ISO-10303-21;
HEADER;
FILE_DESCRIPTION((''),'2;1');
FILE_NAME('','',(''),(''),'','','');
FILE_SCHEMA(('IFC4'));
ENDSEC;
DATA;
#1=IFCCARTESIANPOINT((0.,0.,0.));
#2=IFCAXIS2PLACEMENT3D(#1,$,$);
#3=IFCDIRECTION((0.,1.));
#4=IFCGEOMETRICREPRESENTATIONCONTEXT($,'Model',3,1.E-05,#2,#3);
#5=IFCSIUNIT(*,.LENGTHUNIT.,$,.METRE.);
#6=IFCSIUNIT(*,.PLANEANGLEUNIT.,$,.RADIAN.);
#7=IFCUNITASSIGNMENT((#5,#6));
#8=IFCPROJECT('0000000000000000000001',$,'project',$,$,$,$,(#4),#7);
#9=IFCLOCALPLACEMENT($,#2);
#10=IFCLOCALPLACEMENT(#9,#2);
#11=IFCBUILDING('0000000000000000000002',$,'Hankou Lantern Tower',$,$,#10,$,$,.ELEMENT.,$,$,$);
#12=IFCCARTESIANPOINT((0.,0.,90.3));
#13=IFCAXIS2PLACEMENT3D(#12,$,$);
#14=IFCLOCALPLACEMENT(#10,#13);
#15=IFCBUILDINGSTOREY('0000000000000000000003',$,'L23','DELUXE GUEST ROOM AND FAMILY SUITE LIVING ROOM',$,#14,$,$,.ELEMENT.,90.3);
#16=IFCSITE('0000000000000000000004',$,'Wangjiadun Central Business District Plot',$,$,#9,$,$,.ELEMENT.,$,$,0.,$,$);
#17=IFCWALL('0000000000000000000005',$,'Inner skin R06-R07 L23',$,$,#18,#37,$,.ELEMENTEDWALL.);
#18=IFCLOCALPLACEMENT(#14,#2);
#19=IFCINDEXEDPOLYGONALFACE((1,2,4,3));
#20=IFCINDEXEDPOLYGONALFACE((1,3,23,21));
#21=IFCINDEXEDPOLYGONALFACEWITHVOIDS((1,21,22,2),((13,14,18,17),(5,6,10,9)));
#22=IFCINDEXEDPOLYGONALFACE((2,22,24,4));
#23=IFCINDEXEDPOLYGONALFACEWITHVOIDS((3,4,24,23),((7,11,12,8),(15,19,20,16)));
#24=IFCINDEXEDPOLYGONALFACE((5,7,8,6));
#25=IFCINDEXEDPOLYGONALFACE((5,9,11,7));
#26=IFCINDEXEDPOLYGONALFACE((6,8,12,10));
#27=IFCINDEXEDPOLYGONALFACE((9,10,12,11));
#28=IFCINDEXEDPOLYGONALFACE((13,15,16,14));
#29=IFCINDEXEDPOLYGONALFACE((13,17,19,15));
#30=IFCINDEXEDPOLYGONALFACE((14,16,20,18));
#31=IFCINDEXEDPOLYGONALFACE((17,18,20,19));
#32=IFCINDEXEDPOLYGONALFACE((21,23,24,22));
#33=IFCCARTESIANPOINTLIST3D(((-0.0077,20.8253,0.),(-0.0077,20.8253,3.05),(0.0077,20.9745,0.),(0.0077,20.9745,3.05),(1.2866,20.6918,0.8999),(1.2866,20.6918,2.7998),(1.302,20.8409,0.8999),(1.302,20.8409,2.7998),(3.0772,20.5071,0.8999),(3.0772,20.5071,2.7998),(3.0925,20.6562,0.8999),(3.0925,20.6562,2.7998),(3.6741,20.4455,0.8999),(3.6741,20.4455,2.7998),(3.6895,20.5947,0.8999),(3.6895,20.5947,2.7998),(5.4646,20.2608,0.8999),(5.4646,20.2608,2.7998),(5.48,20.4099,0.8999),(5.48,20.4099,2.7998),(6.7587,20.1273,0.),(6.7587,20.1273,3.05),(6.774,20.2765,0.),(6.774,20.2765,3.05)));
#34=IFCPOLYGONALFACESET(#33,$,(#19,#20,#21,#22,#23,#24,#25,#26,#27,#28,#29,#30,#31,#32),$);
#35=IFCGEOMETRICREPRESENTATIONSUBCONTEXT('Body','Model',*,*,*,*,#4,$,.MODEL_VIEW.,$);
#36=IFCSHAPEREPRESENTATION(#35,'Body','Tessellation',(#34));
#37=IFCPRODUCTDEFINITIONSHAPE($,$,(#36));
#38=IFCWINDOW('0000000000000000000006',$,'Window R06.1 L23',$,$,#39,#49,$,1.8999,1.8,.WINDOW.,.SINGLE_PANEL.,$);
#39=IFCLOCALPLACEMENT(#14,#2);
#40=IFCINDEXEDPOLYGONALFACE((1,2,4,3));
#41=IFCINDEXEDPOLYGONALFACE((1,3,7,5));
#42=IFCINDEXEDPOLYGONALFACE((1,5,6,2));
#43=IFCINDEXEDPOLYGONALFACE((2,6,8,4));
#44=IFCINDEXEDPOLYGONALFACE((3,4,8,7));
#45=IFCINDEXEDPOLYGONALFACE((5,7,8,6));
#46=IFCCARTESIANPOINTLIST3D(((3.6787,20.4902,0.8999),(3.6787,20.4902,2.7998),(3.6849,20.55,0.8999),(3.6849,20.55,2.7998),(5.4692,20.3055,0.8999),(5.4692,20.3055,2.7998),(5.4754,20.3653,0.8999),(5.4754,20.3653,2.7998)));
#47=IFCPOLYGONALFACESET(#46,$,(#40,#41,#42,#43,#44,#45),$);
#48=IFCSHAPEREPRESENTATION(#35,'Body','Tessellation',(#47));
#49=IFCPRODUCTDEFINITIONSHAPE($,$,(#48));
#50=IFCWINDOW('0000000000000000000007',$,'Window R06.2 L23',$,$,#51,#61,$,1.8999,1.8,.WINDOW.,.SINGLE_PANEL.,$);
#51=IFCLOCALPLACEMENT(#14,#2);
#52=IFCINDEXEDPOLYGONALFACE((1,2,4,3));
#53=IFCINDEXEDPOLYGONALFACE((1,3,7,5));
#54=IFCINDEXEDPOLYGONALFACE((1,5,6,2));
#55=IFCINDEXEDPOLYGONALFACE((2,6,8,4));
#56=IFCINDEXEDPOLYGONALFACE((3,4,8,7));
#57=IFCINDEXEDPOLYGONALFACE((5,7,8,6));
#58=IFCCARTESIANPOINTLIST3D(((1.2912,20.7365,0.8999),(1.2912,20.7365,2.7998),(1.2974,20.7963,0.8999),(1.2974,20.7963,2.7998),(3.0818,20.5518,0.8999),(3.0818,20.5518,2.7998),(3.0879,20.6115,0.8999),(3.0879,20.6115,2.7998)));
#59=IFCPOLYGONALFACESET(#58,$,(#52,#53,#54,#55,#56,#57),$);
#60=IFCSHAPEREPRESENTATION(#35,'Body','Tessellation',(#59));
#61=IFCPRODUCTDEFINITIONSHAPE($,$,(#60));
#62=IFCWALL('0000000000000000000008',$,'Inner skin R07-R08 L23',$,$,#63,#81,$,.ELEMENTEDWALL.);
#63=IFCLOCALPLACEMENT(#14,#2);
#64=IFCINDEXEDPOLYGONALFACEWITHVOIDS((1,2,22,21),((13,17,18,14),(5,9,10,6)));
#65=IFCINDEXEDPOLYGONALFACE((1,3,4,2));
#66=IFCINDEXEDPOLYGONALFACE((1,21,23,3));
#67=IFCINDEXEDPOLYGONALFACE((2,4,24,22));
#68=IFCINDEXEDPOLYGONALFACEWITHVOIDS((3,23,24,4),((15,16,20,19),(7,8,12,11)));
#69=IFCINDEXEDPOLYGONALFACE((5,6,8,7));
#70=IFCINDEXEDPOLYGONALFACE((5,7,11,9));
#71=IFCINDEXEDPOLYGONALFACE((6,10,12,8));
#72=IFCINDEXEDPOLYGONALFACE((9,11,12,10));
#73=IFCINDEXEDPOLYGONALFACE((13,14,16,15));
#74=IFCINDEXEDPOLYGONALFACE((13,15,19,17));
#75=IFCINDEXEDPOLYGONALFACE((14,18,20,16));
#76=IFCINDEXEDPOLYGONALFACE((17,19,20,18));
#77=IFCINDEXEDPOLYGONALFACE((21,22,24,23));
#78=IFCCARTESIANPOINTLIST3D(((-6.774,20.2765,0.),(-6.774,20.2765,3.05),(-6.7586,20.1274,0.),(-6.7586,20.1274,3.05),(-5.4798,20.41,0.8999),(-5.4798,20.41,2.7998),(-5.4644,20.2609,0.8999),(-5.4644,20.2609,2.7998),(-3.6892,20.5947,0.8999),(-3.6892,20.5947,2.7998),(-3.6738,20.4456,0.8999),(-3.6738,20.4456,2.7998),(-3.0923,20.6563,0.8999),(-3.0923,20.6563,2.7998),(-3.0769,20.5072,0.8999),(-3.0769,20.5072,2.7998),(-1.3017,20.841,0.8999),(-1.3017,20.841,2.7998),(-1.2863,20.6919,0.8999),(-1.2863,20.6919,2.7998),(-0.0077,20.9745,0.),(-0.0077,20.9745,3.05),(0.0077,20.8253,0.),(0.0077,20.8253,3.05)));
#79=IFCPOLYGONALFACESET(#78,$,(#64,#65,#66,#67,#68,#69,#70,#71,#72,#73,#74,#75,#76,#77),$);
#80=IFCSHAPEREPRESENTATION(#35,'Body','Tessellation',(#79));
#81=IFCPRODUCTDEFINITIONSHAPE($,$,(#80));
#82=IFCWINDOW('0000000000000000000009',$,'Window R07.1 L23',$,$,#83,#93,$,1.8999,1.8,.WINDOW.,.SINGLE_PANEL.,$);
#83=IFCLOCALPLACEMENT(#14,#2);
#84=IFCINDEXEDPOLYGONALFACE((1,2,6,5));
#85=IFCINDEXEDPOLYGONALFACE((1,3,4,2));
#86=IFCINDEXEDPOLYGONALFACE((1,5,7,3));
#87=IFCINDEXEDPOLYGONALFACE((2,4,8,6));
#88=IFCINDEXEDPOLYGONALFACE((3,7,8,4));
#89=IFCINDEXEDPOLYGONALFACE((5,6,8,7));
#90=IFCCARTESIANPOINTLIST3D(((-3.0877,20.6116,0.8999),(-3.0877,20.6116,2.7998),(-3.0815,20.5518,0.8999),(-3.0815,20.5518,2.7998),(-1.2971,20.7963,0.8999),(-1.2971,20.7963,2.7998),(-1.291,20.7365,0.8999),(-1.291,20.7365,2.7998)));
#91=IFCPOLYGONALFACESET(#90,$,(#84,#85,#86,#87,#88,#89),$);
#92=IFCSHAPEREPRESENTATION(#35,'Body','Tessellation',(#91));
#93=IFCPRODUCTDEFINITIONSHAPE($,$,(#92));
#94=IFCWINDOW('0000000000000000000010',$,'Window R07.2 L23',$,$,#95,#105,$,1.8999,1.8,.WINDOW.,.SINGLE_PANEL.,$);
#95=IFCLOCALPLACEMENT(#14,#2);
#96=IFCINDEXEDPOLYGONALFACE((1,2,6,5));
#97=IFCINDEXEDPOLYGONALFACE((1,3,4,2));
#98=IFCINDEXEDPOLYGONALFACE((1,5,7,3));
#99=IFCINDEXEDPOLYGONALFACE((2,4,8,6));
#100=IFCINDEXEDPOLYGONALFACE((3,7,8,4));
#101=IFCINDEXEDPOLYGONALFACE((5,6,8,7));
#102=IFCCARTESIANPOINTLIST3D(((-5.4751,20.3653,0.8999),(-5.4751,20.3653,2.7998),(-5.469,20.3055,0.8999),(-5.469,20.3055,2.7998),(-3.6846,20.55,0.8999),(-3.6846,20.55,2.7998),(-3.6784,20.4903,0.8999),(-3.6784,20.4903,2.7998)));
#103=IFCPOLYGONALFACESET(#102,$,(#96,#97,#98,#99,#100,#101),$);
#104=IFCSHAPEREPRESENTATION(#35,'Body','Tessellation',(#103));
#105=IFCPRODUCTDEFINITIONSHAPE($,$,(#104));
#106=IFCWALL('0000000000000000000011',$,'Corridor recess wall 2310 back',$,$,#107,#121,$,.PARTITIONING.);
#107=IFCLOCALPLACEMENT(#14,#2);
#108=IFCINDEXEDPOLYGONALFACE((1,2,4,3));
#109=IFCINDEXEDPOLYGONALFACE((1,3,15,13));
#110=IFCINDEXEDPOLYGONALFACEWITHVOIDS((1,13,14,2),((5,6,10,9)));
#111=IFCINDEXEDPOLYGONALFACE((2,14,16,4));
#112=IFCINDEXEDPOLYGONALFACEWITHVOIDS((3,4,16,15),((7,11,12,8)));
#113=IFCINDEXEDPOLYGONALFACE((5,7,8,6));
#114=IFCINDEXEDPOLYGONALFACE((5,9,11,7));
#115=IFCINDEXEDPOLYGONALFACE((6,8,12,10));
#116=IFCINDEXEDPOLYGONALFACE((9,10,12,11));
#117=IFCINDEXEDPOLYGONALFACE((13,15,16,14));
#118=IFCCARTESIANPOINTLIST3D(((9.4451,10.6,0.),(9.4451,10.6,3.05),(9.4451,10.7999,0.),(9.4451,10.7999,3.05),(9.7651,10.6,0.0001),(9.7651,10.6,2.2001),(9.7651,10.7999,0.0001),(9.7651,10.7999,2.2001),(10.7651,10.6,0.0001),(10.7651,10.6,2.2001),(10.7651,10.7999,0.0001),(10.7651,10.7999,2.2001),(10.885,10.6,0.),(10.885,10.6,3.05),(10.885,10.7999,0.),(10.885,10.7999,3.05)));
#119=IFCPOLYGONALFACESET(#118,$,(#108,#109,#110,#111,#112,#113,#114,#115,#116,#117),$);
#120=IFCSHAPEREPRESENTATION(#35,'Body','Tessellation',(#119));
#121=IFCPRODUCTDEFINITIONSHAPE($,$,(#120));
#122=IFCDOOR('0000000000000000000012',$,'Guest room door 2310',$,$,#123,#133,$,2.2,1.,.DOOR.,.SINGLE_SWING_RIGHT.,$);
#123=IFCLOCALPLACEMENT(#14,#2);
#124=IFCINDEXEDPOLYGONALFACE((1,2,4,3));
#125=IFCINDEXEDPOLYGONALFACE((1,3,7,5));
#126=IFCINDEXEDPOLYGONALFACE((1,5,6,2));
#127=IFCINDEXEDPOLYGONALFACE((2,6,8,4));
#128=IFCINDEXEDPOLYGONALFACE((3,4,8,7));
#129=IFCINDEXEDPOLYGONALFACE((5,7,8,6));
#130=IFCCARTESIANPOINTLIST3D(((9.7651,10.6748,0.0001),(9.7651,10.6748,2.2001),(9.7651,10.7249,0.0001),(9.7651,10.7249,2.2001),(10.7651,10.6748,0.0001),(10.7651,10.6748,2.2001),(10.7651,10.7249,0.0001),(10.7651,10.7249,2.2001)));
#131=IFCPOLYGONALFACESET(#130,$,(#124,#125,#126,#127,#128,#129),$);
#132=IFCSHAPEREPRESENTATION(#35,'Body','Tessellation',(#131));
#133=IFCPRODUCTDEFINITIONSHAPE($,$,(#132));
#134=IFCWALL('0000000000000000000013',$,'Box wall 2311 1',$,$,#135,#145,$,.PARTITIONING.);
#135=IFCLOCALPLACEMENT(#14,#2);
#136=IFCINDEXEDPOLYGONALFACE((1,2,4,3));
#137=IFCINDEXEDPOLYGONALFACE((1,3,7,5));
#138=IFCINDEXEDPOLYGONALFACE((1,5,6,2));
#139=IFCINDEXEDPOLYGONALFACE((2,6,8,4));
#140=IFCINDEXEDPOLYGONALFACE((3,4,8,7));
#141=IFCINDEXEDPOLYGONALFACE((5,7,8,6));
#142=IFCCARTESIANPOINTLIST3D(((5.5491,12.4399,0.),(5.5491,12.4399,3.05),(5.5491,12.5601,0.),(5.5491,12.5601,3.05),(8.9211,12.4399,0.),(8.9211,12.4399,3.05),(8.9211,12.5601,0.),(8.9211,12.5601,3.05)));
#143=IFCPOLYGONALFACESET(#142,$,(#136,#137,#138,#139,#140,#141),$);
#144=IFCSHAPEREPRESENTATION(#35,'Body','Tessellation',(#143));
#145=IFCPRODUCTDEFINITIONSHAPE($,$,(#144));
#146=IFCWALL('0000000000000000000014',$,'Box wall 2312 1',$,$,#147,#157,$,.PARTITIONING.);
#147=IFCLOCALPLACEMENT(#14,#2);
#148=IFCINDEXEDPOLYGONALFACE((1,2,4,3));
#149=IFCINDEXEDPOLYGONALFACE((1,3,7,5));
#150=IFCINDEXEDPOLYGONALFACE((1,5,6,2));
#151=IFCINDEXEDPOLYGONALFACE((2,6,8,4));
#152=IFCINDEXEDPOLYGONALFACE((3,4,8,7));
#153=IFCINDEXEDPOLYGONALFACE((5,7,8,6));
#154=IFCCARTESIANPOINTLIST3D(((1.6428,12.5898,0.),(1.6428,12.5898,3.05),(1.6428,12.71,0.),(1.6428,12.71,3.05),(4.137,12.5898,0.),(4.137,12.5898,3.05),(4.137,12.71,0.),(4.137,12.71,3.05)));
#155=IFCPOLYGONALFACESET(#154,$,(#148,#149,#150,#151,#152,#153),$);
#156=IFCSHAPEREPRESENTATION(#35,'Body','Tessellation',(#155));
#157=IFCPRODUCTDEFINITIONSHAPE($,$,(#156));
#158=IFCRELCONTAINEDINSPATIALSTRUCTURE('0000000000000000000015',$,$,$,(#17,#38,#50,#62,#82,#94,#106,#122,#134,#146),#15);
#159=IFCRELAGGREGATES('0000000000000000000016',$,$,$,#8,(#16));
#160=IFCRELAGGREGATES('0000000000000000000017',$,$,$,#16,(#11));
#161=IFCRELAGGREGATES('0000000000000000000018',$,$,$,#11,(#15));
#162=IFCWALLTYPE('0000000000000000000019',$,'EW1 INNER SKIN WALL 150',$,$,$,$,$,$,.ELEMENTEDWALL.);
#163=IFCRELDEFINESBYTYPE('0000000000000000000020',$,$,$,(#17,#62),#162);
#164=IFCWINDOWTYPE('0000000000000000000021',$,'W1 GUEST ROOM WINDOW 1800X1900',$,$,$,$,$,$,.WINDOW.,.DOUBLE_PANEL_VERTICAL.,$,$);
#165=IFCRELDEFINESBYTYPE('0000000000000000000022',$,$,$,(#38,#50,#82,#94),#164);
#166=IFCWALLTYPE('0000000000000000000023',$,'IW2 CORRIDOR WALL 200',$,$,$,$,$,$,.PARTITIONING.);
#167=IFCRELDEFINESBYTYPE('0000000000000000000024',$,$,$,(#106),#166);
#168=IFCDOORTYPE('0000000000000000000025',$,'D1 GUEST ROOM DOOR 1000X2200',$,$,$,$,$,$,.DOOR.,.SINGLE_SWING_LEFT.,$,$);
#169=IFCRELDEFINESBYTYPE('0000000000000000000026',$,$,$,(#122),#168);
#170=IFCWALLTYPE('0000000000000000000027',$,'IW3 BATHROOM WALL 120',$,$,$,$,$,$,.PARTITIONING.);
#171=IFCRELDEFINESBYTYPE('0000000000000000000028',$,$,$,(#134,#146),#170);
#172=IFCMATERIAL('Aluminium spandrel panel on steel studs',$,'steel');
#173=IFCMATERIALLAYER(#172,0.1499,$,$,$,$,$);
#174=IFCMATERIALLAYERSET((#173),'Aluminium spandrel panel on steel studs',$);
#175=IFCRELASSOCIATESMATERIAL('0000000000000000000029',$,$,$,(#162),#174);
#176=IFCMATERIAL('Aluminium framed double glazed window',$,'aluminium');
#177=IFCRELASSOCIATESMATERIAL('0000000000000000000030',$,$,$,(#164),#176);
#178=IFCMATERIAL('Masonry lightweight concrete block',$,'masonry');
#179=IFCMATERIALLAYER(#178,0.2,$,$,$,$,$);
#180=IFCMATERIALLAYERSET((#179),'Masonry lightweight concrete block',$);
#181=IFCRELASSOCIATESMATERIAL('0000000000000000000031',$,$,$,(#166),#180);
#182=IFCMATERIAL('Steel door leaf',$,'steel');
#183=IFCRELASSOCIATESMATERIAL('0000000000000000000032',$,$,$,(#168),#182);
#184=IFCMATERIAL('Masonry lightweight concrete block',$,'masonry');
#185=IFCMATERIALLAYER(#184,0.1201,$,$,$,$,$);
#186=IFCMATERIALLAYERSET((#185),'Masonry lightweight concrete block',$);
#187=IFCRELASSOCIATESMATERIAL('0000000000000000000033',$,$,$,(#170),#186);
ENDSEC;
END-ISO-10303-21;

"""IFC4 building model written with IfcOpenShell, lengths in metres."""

from ifc_helpers import new_model, si_unit, direction, frame, frame_2d, origin, place, context, subcontext, project, spatial, rectangle, extrude, material, layer, layer_set, type_object, element, fill, save


model = new_model("IFC4")

# Units and contexts
model_context = context("Model", 3, precision=1e-05, world=origin(), true_north=direction((0.0, 1.0)))
body_context = subcontext(model_context, "Body", "Model", "MODEL_VIEW")
ifc_project = project(units=[si_unit("LENGTHUNIT", "METRE"), si_unit("PLANEANGLEUNIT", "RADIAN")], contexts=[model_context])

# Site, building, storey
site_placement = place(None, origin())
site = spatial("IfcSite", under=ifc_project, at=site_placement, Name="Wangjiadun Central Business District Plot", CompositionType="ELEMENT", RefElevation=0.0)
building_placement = place(site_placement, origin())
building = spatial("IfcBuilding", under=site, at=building_placement, Name="Hankou Lantern Tower", CompositionType="ELEMENT")
storey_placement = place(building_placement, frame((0.0, 0.0, 90.3)))
storey = spatial("IfcBuildingStorey", under=building, at=storey_placement, Name="L23", Description="DELUXE GUEST ROOM AND FAMILY SUITE LIVING ROOM", CompositionType="ELEMENT", Elevation=90.3)

# Walls, openings, windows
ifc_material_1 = material(Name="Aluminium spandrel panel on steel studs", Category="steel")
ifc_layer_1 = layer(ifc_material_1, 0.1499)
ifc_layer_set_1 = layer_set([ifc_layer_1], Name="Aluminium spandrel panel on steel studs")
wall_type_1 = type_object("IfcWallType", Name="EW1 INNER SKIN WALL 150", PredefinedType="ELEMENTEDWALL", material=ifc_layer_set_1)
wall_1_placement = place(storey_placement, frame((6.7664, 20.2019, 0.0), z_axis=(0.0, 0.0, 1.0), x_axis=(-0.994721, 0.102613, 0.0)))
wall_1 = element("IfcWall", 1, at=wall_1_placement, inside=storey, type_object=wall_type_1, Name="Inner skin R06-R07 L23", PredefinedType="ELEMENTEDWALL", context=body_context, shape_type="SweptSolid", body=[
    extrude(rectangle(XDim=6.8022, YDim=0.1499, at=frame_2d((3.4011, 0.0))), origin(), (0.0, 0.0, 1.0), 3.05),
])
opening_1_placement = place(wall_1_placement, frame((1.301, 0.0, 0.8999)))
opening_1 = element("IfcOpeningElement", 2, at=opening_1_placement, cuts=wall_1, PredefinedType="OPENING", context=body_context, shape_type="SweptSolid", body=[
    extrude(rectangle(XDim=1.8, YDim=1.8999, at=frame_2d((0.8999, 0.95))), frame((0.0, 0.085, 0.0), z_axis=(0.0, -1.0, 0.0), x_axis=(1.0, 0.0, 0.0)), (0.0, 0.0, 1.0), 0.1699),
])
opening_2_placement = place(wall_1_placement, frame((3.7012, 0.0, 0.8999)))
opening_2 = element("IfcOpeningElement", 3, at=opening_2_placement, cuts=wall_1, PredefinedType="OPENING", context=body_context, shape_type="SweptSolid", body=[
    extrude(rectangle(XDim=1.8, YDim=1.8999, at=frame_2d((0.8999, 0.95))), frame((0.0, 0.085, 0.0), z_axis=(0.0, -1.0, 0.0), x_axis=(1.0, 0.0, 0.0)), (0.0, 0.0, 1.0), 0.1699),
])
ifc_material_2 = material(Name="Aluminium framed double glazed window", Category="aluminium")
window_type = type_object("IfcWindowType", Name="W1 GUEST ROOM WINDOW 1800X1900", PartitioningType="DOUBLE_PANEL_VERTICAL", PredefinedType="WINDOW", material=ifc_material_2)
window_1_placement = place(opening_1_placement, origin())
window_1 = element("IfcWindow", 4, at=window_1_placement, inside=storey, type_object=window_type, Name="Window R06.1 L23", OverallHeight=1.8999, OverallWidth=1.8, PartitioningType="SINGLE_PANEL", PredefinedType="WINDOW", context=body_context, shape_type="SweptSolid", body=[
    extrude(rectangle(XDim=1.8, YDim=1.8999, at=frame_2d((0.8999, 0.95))), frame((0.0, 0.03, 0.0), z_axis=(0.0, -1.0, 0.0), x_axis=(1.0, 0.0, 0.0)), (0.0, 0.0, 1.0), 0.0601),
])
fill(opening_1, window_1)
window_2_placement = place(opening_2_placement, origin())
window_2 = element("IfcWindow", 5, at=window_2_placement, inside=storey, type_object=window_type, Name="Window R06.2 L23", OverallHeight=1.8999, OverallWidth=1.8, PartitioningType="SINGLE_PANEL", PredefinedType="WINDOW", context=body_context, shape_type="SweptSolid", body=[
    extrude(rectangle(XDim=1.8, YDim=1.8999, at=frame_2d((0.8999, 0.95))), frame((0.0, 0.03, 0.0), z_axis=(0.0, -1.0, 0.0), x_axis=(1.0, 0.0, 0.0)), (0.0, 0.0, 1.0), 0.0601),
])
fill(opening_2, window_2)
wall_2_placement = place(storey_placement, frame((0.0, 20.8999, 0.0), z_axis=(0.0, 0.0, 1.0), x_axis=(-0.994721, -0.102613, 0.0)))
wall_2 = element("IfcWall", 6, at=wall_2_placement, inside=storey, type_object=wall_type_1, Name="Inner skin R07-R08 L23", PredefinedType="ELEMENTEDWALL", context=body_context, shape_type="SweptSolid", body=[
    extrude(rectangle(XDim=6.8022, YDim=0.1499, at=frame_2d((3.4011, 0.0))), origin(), (0.0, 0.0, 1.0), 3.05),
])
opening_3_placement = place(wall_2_placement, frame((1.301, 0.0, 0.8999)))
opening_3 = element("IfcOpeningElement", 7, at=opening_3_placement, cuts=wall_2, PredefinedType="OPENING", context=body_context, shape_type="SweptSolid", body=[
    extrude(rectangle(XDim=1.8, YDim=1.8999, at=frame_2d((0.8999, 0.95))), frame((0.0, 0.085, 0.0), z_axis=(0.0, -1.0, 0.0), x_axis=(1.0, 0.0, 0.0)), (0.0, 0.0, 1.0), 0.1699),
])
opening_4_placement = place(wall_2_placement, frame((3.7012, 0.0, 0.8999)))
opening_4 = element("IfcOpeningElement", 8, at=opening_4_placement, cuts=wall_2, PredefinedType="OPENING", context=body_context, shape_type="SweptSolid", body=[
    extrude(rectangle(XDim=1.8, YDim=1.8999, at=frame_2d((0.8999, 0.95))), frame((0.0, 0.085, 0.0), z_axis=(0.0, -1.0, 0.0), x_axis=(1.0, 0.0, 0.0)), (0.0, 0.0, 1.0), 0.1699),
])
window_3_placement = place(opening_3_placement, origin())
window_3 = element("IfcWindow", 9, at=window_3_placement, inside=storey, type_object=window_type, Name="Window R07.1 L23", OverallHeight=1.8999, OverallWidth=1.8, PartitioningType="SINGLE_PANEL", PredefinedType="WINDOW", context=body_context, shape_type="SweptSolid", body=[
    extrude(rectangle(XDim=1.8, YDim=1.8999, at=frame_2d((0.8999, 0.95))), frame((0.0, 0.03, 0.0), z_axis=(0.0, -1.0, 0.0), x_axis=(1.0, 0.0, 0.0)), (0.0, 0.0, 1.0), 0.0601),
])
fill(opening_3, window_3)
window_4_placement = place(opening_4_placement, origin())
window_4 = element("IfcWindow", 10, at=window_4_placement, inside=storey, type_object=window_type, Name="Window R07.2 L23", OverallHeight=1.8999, OverallWidth=1.8, PartitioningType="SINGLE_PANEL", PredefinedType="WINDOW", context=body_context, shape_type="SweptSolid", body=[
    extrude(rectangle(XDim=1.8, YDim=1.8999, at=frame_2d((0.8999, 0.95))), frame((0.0, 0.03, 0.0), z_axis=(0.0, -1.0, 0.0), x_axis=(1.0, 0.0, 0.0)), (0.0, 0.0, 1.0), 0.0601),
])
fill(opening_4, window_4)

# Wall, opening, door
ifc_material_3 = material(Name="Masonry lightweight concrete block", Category="masonry")
ifc_layer_2 = layer(ifc_material_3, 0.2)
ifc_layer_set_2 = layer_set([ifc_layer_2], Name="Masonry lightweight concrete block")
wall_type_2 = type_object("IfcWallType", Name="IW2 CORRIDOR WALL 200", PredefinedType="PARTITIONING", material=ifc_layer_set_2)
wall_3_placement = place(storey_placement, frame((9.4451, 10.7, 0.0), z_axis=(0.0, 0.0, 1.0), x_axis=(1.0, 0.0, 0.0)))
wall_3 = element("IfcWall", 11, at=wall_3_placement, inside=storey, type_object=wall_type_2, Name="Corridor recess wall 2310 back", PredefinedType="PARTITIONING", context=body_context, shape_type="SweptSolid", body=[
    extrude(rectangle(XDim=1.4399, YDim=0.2, at=frame_2d((0.72, 0.0))), origin(), (0.0, 0.0, 1.0), 3.05),
])
opening_5_placement = place(wall_3_placement, frame((0.3201, 0.0, 0.0)))
opening_5 = element("IfcOpeningElement", 12, at=opening_5_placement, cuts=wall_3, PredefinedType="OPENING", context=body_context, shape_type="SweptSolid", body=[
    extrude(rectangle(XDim=1.0, YDim=2.2, at=frame_2d((0.5, 1.1001))), frame((0.0, 0.1099, 0.0), z_axis=(0.0, -1.0, 0.0), x_axis=(1.0, 0.0, 0.0)), (0.0, 0.0, 1.0), 0.22),
])
ifc_material_4 = material(Name="Steel door leaf", Category="steel")
door_type = type_object("IfcDoorType", Name="D1 GUEST ROOM DOOR 1000X2200", OperationType="SINGLE_SWING_LEFT", PredefinedType="DOOR", material=ifc_material_4)
door_placement = place(opening_5_placement, origin())
door = element("IfcDoor", 13, at=door_placement, inside=storey, type_object=door_type, Name="Guest room door 2310", OperationType="SINGLE_SWING_RIGHT", OverallHeight=2.2, OverallWidth=1.0, PredefinedType="DOOR", context=body_context, shape_type="SweptSolid", body=[
    extrude(rectangle(XDim=1.0, YDim=2.2, at=frame_2d((0.5, 1.1001))), frame((0.0, 0.0249, 0.0), z_axis=(0.0, -1.0, 0.0), x_axis=(1.0, 0.0, 0.0)), (0.0, 0.0, 1.0), 0.05),
])
fill(opening_5, door)

# Walls
ifc_material_5 = material(Name="Masonry lightweight concrete block", Category="masonry")
ifc_layer_3 = layer(ifc_material_5, 0.1201)
ifc_layer_set_3 = layer_set([ifc_layer_3], Name="Masonry lightweight concrete block")
wall_type_3 = type_object("IfcWallType", Name="IW3 BATHROOM WALL 120", PredefinedType="PARTITIONING", material=ifc_layer_set_3)
wall_4_placement = place(storey_placement, frame((8.9211, 12.5, 0.0), z_axis=(0.0, 0.0, 1.0), x_axis=(-1.0, 0.0, 0.0)))
element("IfcWall", 14, at=wall_4_placement, inside=storey, type_object=wall_type_3, Name="Box wall 2311 1", PredefinedType="PARTITIONING", context=body_context, shape_type="SweptSolid", body=[
    extrude(rectangle(XDim=3.3721, YDim=0.1201, at=frame_2d((1.686, 0.0))), origin(), (0.0, 0.0, 1.0), 3.05),
])
wall_5_placement = place(storey_placement, frame((4.137, 12.6499, 0.0), z_axis=(0.0, 0.0, 1.0), x_axis=(-1.0, 0.0, 0.0)))
element("IfcWall", 15, at=wall_5_placement, inside=storey, type_object=wall_type_3, Name="Box wall 2312 1", PredefinedType="PARTITIONING", context=body_context, shape_type="SweptSolid", body=[
    extrude(rectangle(XDim=2.4941, YDim=0.1201, at=frame_2d((1.2471, 0.0))), origin(), (0.0, 0.0, 1.0), 3.05),
])

save(model, "model.ifc")
